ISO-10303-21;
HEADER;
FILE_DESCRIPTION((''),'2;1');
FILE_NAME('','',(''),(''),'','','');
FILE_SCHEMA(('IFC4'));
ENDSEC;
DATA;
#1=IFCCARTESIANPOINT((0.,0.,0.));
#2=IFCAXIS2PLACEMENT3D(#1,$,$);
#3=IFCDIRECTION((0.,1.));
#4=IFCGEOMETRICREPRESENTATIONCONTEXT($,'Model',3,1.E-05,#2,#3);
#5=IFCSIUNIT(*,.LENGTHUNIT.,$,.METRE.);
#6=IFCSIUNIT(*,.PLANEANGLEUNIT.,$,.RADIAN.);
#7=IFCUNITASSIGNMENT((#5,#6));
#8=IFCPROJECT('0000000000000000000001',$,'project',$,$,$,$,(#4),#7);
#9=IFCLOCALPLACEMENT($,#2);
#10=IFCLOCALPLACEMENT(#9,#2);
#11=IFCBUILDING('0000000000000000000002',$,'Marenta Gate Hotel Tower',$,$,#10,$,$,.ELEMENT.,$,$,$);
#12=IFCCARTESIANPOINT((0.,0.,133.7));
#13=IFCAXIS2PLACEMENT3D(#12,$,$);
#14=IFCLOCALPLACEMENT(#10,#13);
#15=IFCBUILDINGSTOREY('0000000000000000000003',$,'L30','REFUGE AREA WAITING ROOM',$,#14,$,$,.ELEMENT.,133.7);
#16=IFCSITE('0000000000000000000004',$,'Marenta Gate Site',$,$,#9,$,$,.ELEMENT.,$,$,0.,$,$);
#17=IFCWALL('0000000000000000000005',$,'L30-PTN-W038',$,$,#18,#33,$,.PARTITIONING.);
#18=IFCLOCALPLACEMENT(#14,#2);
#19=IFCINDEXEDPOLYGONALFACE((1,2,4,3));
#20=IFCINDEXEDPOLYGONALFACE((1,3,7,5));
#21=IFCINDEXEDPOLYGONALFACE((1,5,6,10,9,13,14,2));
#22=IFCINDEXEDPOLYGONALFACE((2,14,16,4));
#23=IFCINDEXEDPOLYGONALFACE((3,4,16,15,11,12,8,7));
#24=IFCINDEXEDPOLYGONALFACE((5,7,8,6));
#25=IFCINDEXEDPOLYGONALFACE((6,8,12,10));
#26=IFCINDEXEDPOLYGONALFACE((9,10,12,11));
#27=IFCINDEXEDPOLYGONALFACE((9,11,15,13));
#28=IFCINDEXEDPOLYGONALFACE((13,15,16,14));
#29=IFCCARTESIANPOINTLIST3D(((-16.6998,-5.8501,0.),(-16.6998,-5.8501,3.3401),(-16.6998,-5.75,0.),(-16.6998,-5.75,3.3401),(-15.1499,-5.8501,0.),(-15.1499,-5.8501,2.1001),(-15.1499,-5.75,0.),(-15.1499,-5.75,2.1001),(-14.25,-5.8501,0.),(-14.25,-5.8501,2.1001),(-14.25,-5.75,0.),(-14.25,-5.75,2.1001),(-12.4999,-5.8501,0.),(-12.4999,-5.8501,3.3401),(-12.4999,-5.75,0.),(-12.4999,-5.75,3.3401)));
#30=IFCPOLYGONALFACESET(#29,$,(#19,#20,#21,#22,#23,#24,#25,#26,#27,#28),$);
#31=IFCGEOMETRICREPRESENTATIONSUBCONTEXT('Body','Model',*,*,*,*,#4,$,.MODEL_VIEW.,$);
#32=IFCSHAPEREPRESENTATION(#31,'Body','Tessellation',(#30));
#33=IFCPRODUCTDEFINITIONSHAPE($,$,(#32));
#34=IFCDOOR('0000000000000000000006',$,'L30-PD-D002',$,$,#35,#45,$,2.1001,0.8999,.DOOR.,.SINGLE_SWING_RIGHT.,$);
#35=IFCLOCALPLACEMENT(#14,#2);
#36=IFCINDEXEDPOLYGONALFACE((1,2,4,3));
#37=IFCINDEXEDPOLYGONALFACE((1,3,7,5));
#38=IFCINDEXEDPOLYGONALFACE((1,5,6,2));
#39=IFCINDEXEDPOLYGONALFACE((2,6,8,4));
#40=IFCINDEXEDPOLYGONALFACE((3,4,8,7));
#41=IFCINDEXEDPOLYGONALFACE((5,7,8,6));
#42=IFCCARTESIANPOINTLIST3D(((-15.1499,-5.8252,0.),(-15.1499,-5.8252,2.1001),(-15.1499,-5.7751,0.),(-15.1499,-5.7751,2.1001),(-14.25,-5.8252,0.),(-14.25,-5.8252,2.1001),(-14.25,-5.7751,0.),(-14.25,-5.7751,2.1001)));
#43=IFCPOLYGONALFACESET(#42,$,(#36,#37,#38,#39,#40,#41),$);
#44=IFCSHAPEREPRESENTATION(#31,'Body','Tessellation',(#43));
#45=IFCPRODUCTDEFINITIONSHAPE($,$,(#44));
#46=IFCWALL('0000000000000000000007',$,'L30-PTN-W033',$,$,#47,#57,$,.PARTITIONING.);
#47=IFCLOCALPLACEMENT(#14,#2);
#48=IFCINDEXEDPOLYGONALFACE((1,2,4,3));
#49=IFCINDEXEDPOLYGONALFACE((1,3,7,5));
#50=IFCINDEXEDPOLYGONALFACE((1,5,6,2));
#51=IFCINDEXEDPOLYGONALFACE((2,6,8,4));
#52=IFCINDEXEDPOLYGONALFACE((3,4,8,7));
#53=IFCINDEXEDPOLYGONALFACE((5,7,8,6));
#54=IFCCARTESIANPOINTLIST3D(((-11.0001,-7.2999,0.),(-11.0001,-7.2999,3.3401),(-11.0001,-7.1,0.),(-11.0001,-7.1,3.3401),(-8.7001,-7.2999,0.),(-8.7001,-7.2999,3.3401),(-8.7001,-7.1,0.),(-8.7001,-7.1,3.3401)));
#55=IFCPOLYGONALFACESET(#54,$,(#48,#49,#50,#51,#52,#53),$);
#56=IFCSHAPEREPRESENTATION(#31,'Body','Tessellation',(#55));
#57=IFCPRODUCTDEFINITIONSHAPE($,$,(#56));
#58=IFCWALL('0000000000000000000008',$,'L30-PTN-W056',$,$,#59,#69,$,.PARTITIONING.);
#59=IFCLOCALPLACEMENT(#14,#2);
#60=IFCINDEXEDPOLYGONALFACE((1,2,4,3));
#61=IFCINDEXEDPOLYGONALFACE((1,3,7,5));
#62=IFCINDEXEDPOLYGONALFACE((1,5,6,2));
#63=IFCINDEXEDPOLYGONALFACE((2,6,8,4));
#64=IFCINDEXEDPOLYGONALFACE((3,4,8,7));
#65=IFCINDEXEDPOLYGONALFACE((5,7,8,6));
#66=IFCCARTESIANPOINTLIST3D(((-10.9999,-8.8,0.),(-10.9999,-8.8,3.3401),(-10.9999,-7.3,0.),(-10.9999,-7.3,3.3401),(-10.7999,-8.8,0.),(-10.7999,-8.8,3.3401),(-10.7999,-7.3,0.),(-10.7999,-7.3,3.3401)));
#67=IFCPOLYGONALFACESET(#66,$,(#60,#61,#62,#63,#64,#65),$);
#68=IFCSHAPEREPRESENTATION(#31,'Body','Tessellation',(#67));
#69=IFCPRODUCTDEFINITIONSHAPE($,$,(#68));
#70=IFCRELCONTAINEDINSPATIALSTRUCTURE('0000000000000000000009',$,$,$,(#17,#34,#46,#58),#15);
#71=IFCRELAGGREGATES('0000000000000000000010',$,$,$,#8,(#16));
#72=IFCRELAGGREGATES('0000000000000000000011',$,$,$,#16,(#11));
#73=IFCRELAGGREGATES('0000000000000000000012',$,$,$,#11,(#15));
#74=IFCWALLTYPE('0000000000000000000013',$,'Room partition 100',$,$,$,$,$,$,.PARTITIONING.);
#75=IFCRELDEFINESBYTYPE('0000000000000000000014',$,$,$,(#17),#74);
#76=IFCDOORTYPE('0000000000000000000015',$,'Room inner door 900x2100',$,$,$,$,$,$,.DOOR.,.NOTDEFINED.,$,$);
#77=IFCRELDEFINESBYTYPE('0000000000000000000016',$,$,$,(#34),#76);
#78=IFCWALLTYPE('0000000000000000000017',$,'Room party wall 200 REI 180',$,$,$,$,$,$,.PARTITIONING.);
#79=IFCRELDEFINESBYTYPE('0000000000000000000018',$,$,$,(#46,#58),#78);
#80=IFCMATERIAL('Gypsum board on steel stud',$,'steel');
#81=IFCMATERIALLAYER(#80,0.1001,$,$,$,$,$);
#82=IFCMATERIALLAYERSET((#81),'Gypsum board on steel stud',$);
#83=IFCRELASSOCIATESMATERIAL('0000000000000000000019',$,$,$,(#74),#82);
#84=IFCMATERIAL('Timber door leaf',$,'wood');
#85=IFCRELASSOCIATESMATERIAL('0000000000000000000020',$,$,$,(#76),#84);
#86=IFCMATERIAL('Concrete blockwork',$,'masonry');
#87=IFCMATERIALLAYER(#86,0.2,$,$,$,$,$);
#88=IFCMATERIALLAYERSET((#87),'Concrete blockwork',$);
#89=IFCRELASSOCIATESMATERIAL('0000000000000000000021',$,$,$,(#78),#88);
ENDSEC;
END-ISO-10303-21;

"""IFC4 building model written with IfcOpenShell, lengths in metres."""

from ifc_helpers import new_model, si_unit, direction, frame, frame_2d, origin, place, context, subcontext, project, spatial, rectangle, extrude, material, layer, layer_set, type_object, element, fill, save


model = new_model("IFC4")

# Units and contexts
model_context = context("Model", 3, precision=1e-05, world=origin(), true_north=direction((0.0, 1.0)))
body_context = subcontext(model_context, "Body", "Model", "MODEL_VIEW")
ifc_project = project(units=[si_unit("LENGTHUNIT", "METRE"), si_unit("PLANEANGLEUNIT", "RADIAN")], contexts=[model_context])

# Site, building, storey
site_placement = place(None, origin())
site = spatial("IfcSite", under=ifc_project, at=site_placement, Name="Marenta Gate Site", CompositionType="ELEMENT", RefElevation=0.0)
building_placement = place(site_placement, origin())
building = spatial("IfcBuilding", under=site, at=building_placement, Name="Marenta Gate Hotel Tower", CompositionType="ELEMENT")
storey_placement = place(building_placement, frame((0.0, 0.0, 133.7)))
storey = spatial("IfcBuildingStorey", under=building, at=storey_placement, Name="L30", Description="REFUGE AREA WAITING ROOM", CompositionType="ELEMENT", Elevation=133.7)

# Wall, opening, door
ifc_material_1 = material(Name="Gypsum board on steel stud", Category="steel")
ifc_layer_1 = layer(ifc_material_1, 0.1001)
ifc_layer_set_1 = layer_set([ifc_layer_1], Name="Gypsum board on steel stud")
wall_type_1 = type_object("IfcWallType", Name="Room partition 100", PredefinedType="PARTITIONING", material=ifc_layer_set_1)
wall_1_placement = place(storey_placement, frame((-16.7, -5.8, 0.0), z_axis=(0.0, 0.0, 1.0), x_axis=(1.0, 0.0, 0.0)))
wall_1 = element("IfcWall", 1, at=wall_1_placement, inside=storey, type_object=wall_type_1, Name="L30-PTN-W038", PredefinedType="PARTITIONING", context=body_context, shape_type="SweptSolid", body=[
    extrude(rectangle(XDim=4.2, YDim=0.1001, at=frame_2d((2.1001, 0.0))), origin(), (0.0, 0.0, 1.0), 3.3401),
])
opening_1_placement = place(wall_1_placement, frame((1.55, 0.0, 0.0)))
opening_1 = element("IfcOpeningElement", 2, at=opening_1_placement, cuts=wall_1, PredefinedType="OPENING", context=body_context, shape_type="SweptSolid", body=[
    extrude(rectangle(XDim=0.8999, YDim=2.1001, at=frame_2d((0.45, 1.05))), frame((0.0, 0.05, 0.0), z_axis=(0.0, -1.0, 0.0), x_axis=(1.0, 0.0, 0.0)), (0.0, 0.0, 1.0), 0.1001),
])
ifc_material_2 = material(Name="Timber door leaf", Category="wood")
door_type_1 = type_object("IfcDoorType", Name="Room inner door 900x2100", OperationType="NOTDEFINED", PredefinedType="DOOR", material=ifc_material_2)
door_1_placement = place(opening_1_placement, origin())
door_1 = element("IfcDoor", 3, at=door_1_placement, inside=storey, type_object=door_type_1, Name="L30-PD-D002", OperationType="SINGLE_SWING_RIGHT", OverallHeight=2.1001, OverallWidth=0.8999, PredefinedType="DOOR", context=body_context, shape_type="SweptSolid", body=[
    extrude(rectangle(XDim=0.8999, YDim=2.1001, at=frame_2d((0.45, 1.05))), frame((0.0, 0.0249, 0.0), z_axis=(0.0, -1.0, 0.0), x_axis=(1.0, 0.0, 0.0)), (0.0, 0.0, 1.0), 0.05),
])
fill(opening_1, door_1)

# Walls
ifc_material_3 = material(Name="Concrete blockwork", Category="masonry")
ifc_layer_2 = layer(ifc_material_3, 0.2)
ifc_layer_set_2 = layer_set([ifc_layer_2], Name="Concrete blockwork")
wall_type_2 = type_object("IfcWallType", Name="Room party wall 200 REI 180", PredefinedType="PARTITIONING", material=ifc_layer_set_2)
wall_2_placement = place(storey_placement, frame((-11.0, -7.2, 0.0), z_axis=(0.0, 0.0, 1.0), x_axis=(1.0, 0.0, 0.0)))
element("IfcWall", 4, at=wall_2_placement, inside=storey, type_object=wall_type_2, Name="L30-PTN-W033", PredefinedType="PARTITIONING", context=body_context, shape_type="SweptSolid", body=[
    extrude(rectangle(XDim=2.3, YDim=0.2, at=frame_2d((1.1499, 0.0))), origin(), (0.0, 0.0, 1.0), 3.3401),
])
wall_3_placement = place(storey_placement, frame((-10.8999, -8.8, 0.0), z_axis=(0.0, 0.0, 1.0), x_axis=(0.0, 1.0, 0.0)))
element("IfcWall", 5, at=wall_3_placement, inside=storey, type_object=wall_type_2, Name="L30-PTN-W056", PredefinedType="PARTITIONING", context=body_context, shape_type="SweptSolid", body=[
    extrude(rectangle(XDim=1.5, YDim=0.2, at=frame_2d((0.75, 0.0))), origin(), (0.0, 0.0, 1.0), 3.3401),
])

save(model, "model.ifc")
